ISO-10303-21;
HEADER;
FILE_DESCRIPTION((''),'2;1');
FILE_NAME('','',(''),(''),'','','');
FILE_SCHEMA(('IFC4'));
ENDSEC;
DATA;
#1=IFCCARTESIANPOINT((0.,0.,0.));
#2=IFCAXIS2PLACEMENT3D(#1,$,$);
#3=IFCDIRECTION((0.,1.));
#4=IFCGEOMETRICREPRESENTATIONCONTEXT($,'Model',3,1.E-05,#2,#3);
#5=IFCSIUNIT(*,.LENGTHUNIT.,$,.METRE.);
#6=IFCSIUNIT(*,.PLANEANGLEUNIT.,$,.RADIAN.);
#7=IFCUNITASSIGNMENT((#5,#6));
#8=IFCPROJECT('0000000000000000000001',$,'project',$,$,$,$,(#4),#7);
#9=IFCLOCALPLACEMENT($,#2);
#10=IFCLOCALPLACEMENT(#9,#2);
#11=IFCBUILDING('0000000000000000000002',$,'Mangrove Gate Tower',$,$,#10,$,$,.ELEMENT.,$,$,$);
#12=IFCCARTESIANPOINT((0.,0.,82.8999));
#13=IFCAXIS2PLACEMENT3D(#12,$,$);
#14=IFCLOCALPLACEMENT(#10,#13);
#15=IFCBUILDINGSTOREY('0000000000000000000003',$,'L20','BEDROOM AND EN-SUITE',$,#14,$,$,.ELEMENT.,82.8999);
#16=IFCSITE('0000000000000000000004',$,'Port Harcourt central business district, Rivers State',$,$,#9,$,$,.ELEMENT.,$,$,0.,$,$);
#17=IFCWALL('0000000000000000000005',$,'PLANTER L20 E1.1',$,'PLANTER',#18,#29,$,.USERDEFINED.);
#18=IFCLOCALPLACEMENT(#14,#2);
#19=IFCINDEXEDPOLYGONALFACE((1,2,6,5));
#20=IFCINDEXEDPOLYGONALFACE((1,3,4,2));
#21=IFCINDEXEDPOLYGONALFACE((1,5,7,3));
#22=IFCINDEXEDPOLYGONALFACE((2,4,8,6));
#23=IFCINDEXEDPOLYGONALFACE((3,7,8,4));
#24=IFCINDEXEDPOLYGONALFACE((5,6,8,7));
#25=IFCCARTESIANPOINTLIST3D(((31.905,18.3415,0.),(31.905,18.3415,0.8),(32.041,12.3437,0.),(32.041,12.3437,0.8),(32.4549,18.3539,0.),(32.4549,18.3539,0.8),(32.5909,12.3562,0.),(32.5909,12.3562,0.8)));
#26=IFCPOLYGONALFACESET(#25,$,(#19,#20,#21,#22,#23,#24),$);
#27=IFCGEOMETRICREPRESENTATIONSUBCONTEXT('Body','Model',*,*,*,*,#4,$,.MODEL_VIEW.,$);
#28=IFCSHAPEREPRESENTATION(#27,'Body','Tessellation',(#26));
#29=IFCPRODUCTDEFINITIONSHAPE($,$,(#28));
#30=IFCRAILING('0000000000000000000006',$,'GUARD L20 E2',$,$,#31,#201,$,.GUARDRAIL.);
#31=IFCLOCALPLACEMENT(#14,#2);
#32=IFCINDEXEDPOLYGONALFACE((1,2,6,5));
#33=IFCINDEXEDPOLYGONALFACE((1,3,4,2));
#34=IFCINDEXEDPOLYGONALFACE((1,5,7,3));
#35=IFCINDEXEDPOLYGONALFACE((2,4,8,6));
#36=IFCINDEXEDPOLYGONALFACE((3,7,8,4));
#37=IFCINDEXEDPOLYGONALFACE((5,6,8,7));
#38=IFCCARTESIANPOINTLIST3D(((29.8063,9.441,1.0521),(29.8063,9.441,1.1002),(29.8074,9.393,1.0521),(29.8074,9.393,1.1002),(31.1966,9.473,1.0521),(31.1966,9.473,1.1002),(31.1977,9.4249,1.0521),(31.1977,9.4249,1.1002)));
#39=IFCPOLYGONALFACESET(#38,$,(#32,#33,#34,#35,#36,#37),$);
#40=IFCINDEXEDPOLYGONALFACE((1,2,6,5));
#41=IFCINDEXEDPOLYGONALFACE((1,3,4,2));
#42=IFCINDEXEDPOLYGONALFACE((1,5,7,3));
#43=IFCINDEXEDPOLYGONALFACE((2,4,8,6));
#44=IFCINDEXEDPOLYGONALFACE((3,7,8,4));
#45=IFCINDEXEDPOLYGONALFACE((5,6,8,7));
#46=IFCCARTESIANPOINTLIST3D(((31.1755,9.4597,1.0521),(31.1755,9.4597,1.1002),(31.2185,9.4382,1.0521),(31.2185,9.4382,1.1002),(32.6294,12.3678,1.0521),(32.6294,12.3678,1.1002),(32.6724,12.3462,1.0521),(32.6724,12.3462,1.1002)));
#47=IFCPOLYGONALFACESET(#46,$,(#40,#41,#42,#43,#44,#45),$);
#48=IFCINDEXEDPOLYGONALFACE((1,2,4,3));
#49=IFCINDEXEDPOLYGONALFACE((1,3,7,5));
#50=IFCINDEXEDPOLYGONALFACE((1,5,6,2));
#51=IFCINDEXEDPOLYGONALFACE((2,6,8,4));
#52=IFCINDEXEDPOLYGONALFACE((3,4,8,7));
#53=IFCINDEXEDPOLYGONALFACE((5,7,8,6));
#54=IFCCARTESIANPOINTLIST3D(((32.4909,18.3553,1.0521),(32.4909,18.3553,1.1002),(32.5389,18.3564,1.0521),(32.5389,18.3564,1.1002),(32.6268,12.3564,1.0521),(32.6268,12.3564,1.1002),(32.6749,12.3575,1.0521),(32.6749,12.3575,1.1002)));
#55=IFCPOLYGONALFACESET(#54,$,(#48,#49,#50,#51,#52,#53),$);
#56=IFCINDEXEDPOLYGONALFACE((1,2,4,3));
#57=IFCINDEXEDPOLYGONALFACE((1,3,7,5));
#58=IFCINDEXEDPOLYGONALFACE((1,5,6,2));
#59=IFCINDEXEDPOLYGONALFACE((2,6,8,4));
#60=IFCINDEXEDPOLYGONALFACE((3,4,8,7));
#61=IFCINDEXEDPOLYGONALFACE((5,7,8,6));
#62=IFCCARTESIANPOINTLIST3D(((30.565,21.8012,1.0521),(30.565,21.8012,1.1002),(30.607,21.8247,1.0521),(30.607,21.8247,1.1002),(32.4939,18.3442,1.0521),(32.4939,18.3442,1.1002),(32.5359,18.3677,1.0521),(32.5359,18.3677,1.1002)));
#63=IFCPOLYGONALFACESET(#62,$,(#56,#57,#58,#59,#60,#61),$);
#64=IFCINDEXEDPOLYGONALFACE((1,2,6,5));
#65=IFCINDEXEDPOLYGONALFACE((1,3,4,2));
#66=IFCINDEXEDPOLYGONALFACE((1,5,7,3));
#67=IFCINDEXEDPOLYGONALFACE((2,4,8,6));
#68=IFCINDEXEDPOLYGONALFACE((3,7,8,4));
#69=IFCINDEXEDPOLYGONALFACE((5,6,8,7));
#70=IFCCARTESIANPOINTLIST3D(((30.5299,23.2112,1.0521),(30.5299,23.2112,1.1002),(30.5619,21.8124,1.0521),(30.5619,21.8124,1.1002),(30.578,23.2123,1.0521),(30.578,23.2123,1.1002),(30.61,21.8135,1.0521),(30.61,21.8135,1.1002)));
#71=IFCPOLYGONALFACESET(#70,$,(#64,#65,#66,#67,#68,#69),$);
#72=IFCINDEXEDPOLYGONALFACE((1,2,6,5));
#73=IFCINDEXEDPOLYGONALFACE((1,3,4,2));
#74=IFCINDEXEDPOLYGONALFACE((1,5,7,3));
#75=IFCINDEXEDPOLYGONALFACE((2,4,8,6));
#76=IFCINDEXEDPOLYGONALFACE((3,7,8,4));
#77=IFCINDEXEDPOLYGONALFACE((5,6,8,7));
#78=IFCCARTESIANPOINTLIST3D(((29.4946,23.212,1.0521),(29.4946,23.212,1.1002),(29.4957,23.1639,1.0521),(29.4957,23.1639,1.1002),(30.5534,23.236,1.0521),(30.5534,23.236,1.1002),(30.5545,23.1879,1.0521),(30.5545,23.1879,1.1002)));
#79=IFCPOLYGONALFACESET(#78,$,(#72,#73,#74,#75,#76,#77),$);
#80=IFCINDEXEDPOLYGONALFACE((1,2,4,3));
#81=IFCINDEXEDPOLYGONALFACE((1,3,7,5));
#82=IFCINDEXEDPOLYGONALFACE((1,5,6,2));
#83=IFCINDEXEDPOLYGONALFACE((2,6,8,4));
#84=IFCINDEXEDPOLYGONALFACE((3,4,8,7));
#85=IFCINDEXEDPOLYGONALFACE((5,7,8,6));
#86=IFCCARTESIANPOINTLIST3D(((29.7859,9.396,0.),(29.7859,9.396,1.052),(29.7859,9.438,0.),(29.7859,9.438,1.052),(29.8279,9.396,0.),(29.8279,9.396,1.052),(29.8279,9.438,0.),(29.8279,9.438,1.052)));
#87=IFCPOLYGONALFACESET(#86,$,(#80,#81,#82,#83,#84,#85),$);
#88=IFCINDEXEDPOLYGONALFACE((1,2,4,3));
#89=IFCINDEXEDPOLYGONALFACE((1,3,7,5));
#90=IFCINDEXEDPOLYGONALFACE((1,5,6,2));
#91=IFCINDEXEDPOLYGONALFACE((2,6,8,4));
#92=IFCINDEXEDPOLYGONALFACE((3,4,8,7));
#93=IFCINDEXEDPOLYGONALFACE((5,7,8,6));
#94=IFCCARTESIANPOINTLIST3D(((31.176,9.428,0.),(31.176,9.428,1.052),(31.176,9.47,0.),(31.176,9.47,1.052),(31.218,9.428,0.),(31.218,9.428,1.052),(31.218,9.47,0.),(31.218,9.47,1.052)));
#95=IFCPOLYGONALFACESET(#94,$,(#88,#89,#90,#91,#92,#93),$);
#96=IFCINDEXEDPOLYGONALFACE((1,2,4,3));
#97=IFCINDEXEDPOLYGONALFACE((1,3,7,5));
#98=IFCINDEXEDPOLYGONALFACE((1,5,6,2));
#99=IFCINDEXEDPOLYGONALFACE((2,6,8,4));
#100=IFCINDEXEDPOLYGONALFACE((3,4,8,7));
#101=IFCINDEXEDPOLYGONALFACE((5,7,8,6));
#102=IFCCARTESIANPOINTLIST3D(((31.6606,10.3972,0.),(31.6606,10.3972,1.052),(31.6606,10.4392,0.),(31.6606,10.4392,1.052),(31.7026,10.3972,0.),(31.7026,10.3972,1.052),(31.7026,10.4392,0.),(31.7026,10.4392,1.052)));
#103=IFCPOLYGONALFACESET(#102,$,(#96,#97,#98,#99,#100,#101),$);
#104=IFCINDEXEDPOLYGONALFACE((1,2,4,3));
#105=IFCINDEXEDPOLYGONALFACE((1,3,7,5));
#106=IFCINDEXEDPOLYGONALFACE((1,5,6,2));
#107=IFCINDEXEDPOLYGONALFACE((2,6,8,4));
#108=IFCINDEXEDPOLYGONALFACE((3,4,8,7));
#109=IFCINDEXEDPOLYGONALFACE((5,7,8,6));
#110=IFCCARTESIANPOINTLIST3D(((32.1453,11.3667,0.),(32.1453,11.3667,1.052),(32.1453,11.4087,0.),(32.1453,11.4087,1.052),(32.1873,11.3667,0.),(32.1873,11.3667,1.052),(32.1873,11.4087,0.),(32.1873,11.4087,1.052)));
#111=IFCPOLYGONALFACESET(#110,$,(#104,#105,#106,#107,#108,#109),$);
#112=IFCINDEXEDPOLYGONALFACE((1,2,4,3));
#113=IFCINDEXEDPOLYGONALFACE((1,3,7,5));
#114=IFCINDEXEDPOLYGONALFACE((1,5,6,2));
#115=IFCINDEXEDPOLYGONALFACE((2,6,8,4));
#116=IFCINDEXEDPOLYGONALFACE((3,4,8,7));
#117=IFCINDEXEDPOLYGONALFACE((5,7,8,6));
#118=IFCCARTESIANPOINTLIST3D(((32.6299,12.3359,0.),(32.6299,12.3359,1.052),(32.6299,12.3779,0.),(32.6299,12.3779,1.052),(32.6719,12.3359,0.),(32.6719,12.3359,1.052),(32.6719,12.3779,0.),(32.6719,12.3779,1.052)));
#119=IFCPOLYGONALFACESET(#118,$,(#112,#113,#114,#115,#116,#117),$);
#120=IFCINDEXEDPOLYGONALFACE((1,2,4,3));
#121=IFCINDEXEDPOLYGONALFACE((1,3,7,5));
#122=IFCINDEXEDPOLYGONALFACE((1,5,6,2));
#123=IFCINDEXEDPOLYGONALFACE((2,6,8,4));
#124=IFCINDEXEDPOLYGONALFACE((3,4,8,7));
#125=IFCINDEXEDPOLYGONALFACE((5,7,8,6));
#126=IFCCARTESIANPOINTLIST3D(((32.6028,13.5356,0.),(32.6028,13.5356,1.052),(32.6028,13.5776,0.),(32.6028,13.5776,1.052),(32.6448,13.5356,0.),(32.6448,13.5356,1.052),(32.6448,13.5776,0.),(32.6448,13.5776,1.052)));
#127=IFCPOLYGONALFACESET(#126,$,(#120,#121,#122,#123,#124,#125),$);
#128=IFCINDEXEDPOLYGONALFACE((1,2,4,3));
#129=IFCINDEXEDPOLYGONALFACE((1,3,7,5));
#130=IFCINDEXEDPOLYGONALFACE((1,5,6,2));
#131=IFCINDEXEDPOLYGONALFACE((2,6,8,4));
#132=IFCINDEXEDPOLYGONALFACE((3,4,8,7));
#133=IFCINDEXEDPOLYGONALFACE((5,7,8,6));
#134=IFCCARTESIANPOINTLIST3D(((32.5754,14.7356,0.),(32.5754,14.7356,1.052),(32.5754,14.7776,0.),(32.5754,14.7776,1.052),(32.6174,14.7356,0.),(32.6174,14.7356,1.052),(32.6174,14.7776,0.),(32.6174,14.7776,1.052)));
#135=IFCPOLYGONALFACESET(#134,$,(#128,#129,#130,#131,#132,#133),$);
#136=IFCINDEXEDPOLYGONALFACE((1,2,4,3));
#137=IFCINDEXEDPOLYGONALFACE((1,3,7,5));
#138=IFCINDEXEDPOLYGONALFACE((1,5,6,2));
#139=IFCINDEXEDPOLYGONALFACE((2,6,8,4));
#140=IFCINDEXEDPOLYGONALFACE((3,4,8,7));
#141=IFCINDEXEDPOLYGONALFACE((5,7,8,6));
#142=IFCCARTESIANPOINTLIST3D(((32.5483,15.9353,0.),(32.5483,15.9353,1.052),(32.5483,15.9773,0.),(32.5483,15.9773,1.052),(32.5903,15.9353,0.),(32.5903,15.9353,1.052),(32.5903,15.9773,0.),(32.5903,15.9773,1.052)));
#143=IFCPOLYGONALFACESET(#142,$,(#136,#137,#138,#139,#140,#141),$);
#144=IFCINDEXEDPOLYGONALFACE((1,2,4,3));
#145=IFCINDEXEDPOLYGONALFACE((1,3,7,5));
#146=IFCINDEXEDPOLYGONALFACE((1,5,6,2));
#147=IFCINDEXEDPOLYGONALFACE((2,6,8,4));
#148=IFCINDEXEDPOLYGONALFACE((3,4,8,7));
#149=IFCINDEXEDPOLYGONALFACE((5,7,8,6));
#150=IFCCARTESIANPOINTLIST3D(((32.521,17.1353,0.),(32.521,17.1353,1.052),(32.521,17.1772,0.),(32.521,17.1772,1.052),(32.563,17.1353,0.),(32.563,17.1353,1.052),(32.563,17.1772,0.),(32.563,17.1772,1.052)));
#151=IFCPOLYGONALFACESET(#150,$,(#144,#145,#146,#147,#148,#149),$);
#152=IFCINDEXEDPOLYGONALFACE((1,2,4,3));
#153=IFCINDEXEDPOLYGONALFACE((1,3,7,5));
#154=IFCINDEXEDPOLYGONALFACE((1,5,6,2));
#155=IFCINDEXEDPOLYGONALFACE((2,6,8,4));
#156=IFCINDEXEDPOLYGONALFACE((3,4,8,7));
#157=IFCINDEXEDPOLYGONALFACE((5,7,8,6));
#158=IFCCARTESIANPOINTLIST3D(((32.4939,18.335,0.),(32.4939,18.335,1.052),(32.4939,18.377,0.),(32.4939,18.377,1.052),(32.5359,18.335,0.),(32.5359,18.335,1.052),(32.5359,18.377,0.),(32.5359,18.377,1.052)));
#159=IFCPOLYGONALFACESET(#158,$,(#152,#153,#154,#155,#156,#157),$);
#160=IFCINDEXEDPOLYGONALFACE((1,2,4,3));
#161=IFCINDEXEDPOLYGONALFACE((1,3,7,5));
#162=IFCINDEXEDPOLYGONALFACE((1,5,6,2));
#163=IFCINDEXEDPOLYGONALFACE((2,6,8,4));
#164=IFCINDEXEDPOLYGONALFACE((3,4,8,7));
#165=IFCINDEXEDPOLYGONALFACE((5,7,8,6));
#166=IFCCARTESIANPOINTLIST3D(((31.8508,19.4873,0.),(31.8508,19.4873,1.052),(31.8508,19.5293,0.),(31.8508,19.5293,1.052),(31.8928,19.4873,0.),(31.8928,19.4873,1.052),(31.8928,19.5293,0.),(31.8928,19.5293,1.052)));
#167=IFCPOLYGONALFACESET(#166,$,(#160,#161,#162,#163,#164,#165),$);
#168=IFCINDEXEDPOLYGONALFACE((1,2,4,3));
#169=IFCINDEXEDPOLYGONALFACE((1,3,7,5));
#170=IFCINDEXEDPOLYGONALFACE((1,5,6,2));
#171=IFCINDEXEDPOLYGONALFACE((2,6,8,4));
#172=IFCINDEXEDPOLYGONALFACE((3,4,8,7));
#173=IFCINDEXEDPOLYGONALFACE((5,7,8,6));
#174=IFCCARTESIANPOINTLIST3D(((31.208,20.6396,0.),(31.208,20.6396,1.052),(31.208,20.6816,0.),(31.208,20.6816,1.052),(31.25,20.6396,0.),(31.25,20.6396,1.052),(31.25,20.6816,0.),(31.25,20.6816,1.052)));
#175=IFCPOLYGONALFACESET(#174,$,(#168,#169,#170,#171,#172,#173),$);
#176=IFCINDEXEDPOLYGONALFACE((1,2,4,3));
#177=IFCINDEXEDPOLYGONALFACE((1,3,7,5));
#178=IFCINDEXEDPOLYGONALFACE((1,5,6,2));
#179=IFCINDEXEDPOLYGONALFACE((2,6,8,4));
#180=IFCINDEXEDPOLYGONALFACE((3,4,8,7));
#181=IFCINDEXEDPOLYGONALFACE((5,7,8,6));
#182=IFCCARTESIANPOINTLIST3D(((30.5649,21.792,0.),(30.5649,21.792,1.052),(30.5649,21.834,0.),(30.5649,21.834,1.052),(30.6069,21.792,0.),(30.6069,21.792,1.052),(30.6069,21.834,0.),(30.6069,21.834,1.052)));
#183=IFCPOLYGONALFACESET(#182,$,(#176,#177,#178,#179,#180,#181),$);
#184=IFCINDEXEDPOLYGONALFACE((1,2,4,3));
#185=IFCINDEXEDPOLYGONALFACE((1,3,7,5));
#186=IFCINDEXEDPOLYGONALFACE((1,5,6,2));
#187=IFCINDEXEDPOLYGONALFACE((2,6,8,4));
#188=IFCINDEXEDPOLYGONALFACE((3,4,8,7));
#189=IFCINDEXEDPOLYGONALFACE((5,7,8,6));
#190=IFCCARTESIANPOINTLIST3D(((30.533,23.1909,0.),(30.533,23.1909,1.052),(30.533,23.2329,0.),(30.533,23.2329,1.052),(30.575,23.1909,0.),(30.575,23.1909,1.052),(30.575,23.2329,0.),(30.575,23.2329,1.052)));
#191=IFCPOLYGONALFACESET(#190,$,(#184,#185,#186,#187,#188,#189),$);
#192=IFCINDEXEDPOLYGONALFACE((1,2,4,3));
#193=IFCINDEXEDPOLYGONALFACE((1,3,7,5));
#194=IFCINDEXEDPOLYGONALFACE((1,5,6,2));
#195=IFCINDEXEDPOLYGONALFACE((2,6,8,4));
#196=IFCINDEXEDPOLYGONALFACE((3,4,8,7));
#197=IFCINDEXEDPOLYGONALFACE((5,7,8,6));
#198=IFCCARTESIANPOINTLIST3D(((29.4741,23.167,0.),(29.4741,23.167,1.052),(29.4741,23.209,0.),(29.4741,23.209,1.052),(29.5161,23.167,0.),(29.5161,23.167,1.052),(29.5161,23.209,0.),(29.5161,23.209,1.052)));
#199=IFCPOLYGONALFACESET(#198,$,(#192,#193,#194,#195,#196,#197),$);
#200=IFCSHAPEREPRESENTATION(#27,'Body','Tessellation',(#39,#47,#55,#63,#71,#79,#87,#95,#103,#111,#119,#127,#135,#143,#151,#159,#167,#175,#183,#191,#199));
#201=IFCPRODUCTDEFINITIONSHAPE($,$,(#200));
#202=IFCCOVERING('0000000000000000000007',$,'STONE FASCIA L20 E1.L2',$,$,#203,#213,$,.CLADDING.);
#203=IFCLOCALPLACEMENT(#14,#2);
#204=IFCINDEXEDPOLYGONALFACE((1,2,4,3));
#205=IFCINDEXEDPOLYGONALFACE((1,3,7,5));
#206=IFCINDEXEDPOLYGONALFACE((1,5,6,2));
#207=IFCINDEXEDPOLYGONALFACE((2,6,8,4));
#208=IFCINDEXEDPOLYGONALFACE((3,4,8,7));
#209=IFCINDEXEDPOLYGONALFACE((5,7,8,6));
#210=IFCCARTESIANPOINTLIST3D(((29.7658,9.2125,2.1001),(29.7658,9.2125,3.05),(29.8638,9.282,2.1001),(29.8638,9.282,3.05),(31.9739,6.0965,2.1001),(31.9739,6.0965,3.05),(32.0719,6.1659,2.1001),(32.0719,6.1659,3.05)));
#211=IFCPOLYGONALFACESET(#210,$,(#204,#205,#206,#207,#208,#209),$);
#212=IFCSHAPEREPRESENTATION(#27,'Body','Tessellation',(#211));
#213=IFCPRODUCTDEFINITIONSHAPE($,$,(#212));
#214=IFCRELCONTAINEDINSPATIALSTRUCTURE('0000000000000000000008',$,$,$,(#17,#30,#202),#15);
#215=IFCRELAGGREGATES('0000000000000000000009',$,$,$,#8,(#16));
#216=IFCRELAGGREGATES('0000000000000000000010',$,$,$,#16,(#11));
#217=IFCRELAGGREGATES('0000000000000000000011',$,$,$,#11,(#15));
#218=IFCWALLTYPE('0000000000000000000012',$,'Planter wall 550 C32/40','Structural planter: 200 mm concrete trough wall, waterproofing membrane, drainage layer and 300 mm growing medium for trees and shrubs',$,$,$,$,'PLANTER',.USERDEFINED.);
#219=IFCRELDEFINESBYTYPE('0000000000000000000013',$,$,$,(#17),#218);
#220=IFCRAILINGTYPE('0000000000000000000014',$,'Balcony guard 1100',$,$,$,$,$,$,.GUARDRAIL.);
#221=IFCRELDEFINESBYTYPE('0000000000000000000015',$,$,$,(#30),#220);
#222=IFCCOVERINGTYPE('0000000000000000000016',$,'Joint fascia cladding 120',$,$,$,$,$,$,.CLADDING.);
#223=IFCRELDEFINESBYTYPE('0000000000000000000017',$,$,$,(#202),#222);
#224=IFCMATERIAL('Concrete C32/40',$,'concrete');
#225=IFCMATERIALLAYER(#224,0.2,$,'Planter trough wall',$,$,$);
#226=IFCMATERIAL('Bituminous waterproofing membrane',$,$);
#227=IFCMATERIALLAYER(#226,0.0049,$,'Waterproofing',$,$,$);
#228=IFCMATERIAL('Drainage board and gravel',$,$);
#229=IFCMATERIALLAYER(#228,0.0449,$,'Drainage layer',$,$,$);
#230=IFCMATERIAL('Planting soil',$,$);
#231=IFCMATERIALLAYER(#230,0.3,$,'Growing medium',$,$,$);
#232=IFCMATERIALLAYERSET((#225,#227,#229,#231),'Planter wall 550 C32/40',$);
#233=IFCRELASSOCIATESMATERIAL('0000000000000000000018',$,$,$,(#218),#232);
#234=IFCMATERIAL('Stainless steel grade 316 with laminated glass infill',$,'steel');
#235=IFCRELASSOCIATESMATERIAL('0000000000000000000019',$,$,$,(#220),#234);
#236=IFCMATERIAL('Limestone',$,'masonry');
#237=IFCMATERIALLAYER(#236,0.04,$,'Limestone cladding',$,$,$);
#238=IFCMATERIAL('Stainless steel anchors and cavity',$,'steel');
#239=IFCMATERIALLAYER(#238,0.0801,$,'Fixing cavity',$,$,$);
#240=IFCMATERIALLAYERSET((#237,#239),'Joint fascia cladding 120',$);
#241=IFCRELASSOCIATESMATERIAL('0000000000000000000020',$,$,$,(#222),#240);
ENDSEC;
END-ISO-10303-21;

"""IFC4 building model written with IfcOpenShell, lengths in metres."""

from ifc_helpers import new_model, si_unit, direction, frame, frame_2d, origin, origin_2d, place, context, subcontext, project, spatial, rectangle, extrude, material, layer, layer_set, type_object, element, save


model = new_model("IFC4")

# Units and contexts
model_context = context("Model", 3, precision=1e-05, world=origin(), true_north=direction((0.0, 1.0)))
body_context = subcontext(model_context, "Body", "Model", "MODEL_VIEW")
ifc_project = project(units=[si_unit("LENGTHUNIT", "METRE"), si_unit("PLANEANGLEUNIT", "RADIAN")], contexts=[model_context])

# Site, building, storey
site_placement = place(None, origin())
site = spatial("IfcSite", under=ifc_project, at=site_placement, Name="Port Harcourt central business district, Rivers State", CompositionType="ELEMENT", RefElevation=0.0)
building_placement = place(site_placement, origin())
building = spatial("IfcBuilding", under=site, at=building_placement, Name="Mangrove Gate Tower", CompositionType="ELEMENT")
storey_placement = place(building_placement, frame((0.0, 0.0, 82.8999)))
storey = spatial("IfcBuildingStorey", under=building, at=storey_placement, Name="L20", Description="BEDROOM AND EN-SUITE", CompositionType="ELEMENT", Elevation=82.8999)

# Shared definitions
ifc_material_1 = material(Name="Limestone", Category="masonry")

# Wall
ifc_material_2 = material(Name="Concrete C32/40", Category="concrete")
ifc_layer_1 = layer(ifc_material_2, 0.2, Name="Planter trough wall")
ifc_material_3 = material(Name="Bituminous waterproofing membrane")
ifc_layer_2 = layer(ifc_material_3, 0.0049, Name="Waterproofing")
ifc_material_4 = material(Name="Drainage board and gravel")
ifc_layer_3 = layer(ifc_material_4, 0.0449, Name="Drainage layer")
ifc_material_5 = material(Name="Planting soil")
ifc_layer_4 = layer(ifc_material_5, 0.3, Name="Growing medium")
ifc_layer_set_1 = layer_set([ifc_layer_1, ifc_layer_2, ifc_layer_3, ifc_layer_4], Name="Planter wall 550 C32/40")
wall_type_1 = type_object("IfcWallType", Name="Planter wall 550 C32/40", Description="Structural planter: 200 mm concrete trough wall, waterproofing membrane, drainage layer and 300 mm growing medium for trees and shrubs", ElementType="PLANTER", PredefinedType="USERDEFINED", material=ifc_layer_set_1)
wall_1_placement = place(storey_placement, frame((32.3159, 12.3501, 0.0), z_axis=(0.0, 0.0, 1.0), x_axis=(-0.022667, 0.999743, 0.0)))
element("IfcWall", 1, at=wall_1_placement, inside=storey, type_object=wall_type_1, Name="PLANTER L20 E1.1", ObjectType="PLANTER", PredefinedType="USERDEFINED", context=body_context, shape_type="SweptSolid", body=[
    extrude(rectangle(XDim=5.9993, YDim=0.55, at=frame_2d((2.9995, 0.0))), origin(), (0.0, 0.0, 1.0), 0.8),
])

# Railing
ifc_material_6 = material(Name="Stainless steel grade 316 with laminated glass infill", Category="steel")
railing_type = type_object("IfcRailingType", Name="Balcony guard 1100", PredefinedType="GUARDRAIL", material=ifc_material_6)
railing_placement = place(storey_placement, frame((29.8069, 9.417, 0.0)))
element("IfcRailing", 2, at=railing_placement, inside=storey, type_object=railing_type, Name="GUARD L20 E2", PredefinedType="GUARDRAIL", context=body_context, shape_type="SweptSolid", body=[
    extrude(rectangle(XDim=0.0481, YDim=0.0481, at=origin_2d()), frame((0.0, 0.0, 1.0762), z_axis=(0.999735, 0.023001, 0.0), x_axis=(-0.023001, 0.999735, 0.0)), (0.0, 0.0, 1.0), 1.3906),
    extrude(rectangle(XDim=0.0481, YDim=0.0481, at=origin_2d()), frame((1.3901, 0.032, 1.0762), z_axis=(0.447184, 0.894442, 0.0), x_axis=(-0.894442, 0.447184, 0.0)), (0.0, 0.0, 1.0), 3.2512),
    extrude(rectangle(XDim=0.0481, YDim=0.0481, at=origin_2d()), frame((2.844, 2.9399, 1.0762), z_axis=(-0.022662, 0.999743, 0.0), x_axis=(-0.999743, -0.022662, 0.0)), (0.0, 0.0, 1.0), 6.0005),
    extrude(rectangle(XDim=0.0481, YDim=0.0481, at=origin_2d()), frame((2.708, 8.939, 1.0762), z_axis=(-0.48726, 0.873257, 0.0), x_axis=(-0.873257, -0.48726, 0.0)), (0.0, 0.0, 1.0), 3.9587),
    extrude(rectangle(XDim=0.0481, YDim=0.0481, at=origin_2d()), frame((0.7791, 12.396, 1.0762), z_axis=(-0.022856, 0.999739, 0.0), x_axis=(-0.999739, -0.022856, 0.0)), (0.0, 0.0, 1.0), 1.3992),
    extrude(rectangle(XDim=0.0481, YDim=0.0481, at=origin_2d()), frame((0.7471, 13.7949, 1.0762), z_axis=(-0.999745, -0.02259, 0.0), x_axis=(0.02259, -0.999745, 0.0)), (0.0, 0.0, 1.0), 1.0591),
    extrude(rectangle(XDim=0.042, YDim=0.042, at=origin_2d()), origin(), (0.0, 0.0, 1.0), 1.052),
    extrude(rectangle(XDim=0.042, YDim=0.042, at=origin_2d()), frame((1.3901, 0.032, 0.0)), (0.0, 0.0, 1.0), 1.052),
    extrude(rectangle(XDim=0.042, YDim=0.042, at=origin_2d()), frame((1.8748, 1.0012, 0.0)), (0.0, 0.0, 1.0), 1.052),
    extrude(rectangle(XDim=0.042, YDim=0.042, at=origin_2d()), frame((2.3594, 1.9707, 0.0)), (0.0, 0.0, 1.0), 1.052),
    extrude(rectangle(XDim=0.042, YDim=0.042, at=origin_2d()), frame((2.844, 2.9399, 0.0)), (0.0, 0.0, 1.0), 1.052),
    extrude(rectangle(XDim=0.042, YDim=0.042, at=origin_2d()), frame((2.8169, 4.1396, 0.0)), (0.0, 0.0, 1.0), 1.052),
    extrude(rectangle(XDim=0.042, YDim=0.042, at=origin_2d()), frame((2.7896, 5.3396, 0.0)), (0.0, 0.0, 1.0), 1.052),
    extrude(rectangle(XDim=0.042, YDim=0.042, at=origin_2d()), frame((2.7625, 6.5393, 0.0)), (0.0, 0.0, 1.0), 1.052),
    extrude(rectangle(XDim=0.042, YDim=0.042, at=origin_2d()), frame((2.7351, 7.7393, 0.0)), (0.0, 0.0, 1.0), 1.052),
    extrude(rectangle(XDim=0.042, YDim=0.042, at=origin_2d()), frame((2.708, 8.939, 0.0)), (0.0, 0.0, 1.0), 1.052),
    extrude(rectangle(XDim=0.042, YDim=0.042, at=origin_2d()), frame((2.0649, 10.0913, 0.0)), (0.0, 0.0, 1.0), 1.052),
    extrude(rectangle(XDim=0.042, YDim=0.042, at=origin_2d()), frame((1.4221, 11.2437, 0.0)), (0.0, 0.0, 1.0), 1.052),
    extrude(rectangle(XDim=0.042, YDim=0.042, at=origin_2d()), frame((0.7791, 12.396, 0.0)), (0.0, 0.0, 1.0), 1.052),
    extrude(rectangle(XDim=0.042, YDim=0.042, at=origin_2d()), frame((0.7471, 13.7949, 0.0)), (0.0, 0.0, 1.0), 1.052),
    extrude(rectangle(XDim=0.042, YDim=0.042, at=origin_2d()), frame((-0.3118, 13.771, 0.0)), (0.0, 0.0, 1.0), 1.052),
])

# Covering
ifc_layer_5 = layer(ifc_material_1, 0.04, Name="Limestone cladding")
ifc_material_7 = material(Name="Stainless steel anchors and cavity", Category="steel")
ifc_layer_6 = layer(ifc_material_7, 0.0801, Name="Fixing cavity")
ifc_layer_set_2 = layer_set([ifc_layer_5, ifc_layer_6], Name="Joint fascia cladding 120")
covering_type = type_object("IfcCoveringType", Name="Joint fascia cladding 120", PredefinedType="CLADDING", material=ifc_layer_set_2)
covering_placement = place(storey_placement, frame((32.0229, 6.1311, 2.1001), z_axis=(0.0, 0.0, 1.0), x_axis=(-0.578168, 0.815918, 0.0)))
element("IfcCovering", 3, at=covering_placement, inside=storey, type_object=covering_type, Name="STONE FASCIA L20 E1.L2", PredefinedType="CLADDING", context=body_context, shape_type="SweptSolid", body=[
    extrude(rectangle(XDim=3.8191, YDim=0.1201, at=frame_2d((1.9097, 0.0))), origin(), (0.0, 0.0, 1.0), 0.95),
])

save(model, "model.ifc")
